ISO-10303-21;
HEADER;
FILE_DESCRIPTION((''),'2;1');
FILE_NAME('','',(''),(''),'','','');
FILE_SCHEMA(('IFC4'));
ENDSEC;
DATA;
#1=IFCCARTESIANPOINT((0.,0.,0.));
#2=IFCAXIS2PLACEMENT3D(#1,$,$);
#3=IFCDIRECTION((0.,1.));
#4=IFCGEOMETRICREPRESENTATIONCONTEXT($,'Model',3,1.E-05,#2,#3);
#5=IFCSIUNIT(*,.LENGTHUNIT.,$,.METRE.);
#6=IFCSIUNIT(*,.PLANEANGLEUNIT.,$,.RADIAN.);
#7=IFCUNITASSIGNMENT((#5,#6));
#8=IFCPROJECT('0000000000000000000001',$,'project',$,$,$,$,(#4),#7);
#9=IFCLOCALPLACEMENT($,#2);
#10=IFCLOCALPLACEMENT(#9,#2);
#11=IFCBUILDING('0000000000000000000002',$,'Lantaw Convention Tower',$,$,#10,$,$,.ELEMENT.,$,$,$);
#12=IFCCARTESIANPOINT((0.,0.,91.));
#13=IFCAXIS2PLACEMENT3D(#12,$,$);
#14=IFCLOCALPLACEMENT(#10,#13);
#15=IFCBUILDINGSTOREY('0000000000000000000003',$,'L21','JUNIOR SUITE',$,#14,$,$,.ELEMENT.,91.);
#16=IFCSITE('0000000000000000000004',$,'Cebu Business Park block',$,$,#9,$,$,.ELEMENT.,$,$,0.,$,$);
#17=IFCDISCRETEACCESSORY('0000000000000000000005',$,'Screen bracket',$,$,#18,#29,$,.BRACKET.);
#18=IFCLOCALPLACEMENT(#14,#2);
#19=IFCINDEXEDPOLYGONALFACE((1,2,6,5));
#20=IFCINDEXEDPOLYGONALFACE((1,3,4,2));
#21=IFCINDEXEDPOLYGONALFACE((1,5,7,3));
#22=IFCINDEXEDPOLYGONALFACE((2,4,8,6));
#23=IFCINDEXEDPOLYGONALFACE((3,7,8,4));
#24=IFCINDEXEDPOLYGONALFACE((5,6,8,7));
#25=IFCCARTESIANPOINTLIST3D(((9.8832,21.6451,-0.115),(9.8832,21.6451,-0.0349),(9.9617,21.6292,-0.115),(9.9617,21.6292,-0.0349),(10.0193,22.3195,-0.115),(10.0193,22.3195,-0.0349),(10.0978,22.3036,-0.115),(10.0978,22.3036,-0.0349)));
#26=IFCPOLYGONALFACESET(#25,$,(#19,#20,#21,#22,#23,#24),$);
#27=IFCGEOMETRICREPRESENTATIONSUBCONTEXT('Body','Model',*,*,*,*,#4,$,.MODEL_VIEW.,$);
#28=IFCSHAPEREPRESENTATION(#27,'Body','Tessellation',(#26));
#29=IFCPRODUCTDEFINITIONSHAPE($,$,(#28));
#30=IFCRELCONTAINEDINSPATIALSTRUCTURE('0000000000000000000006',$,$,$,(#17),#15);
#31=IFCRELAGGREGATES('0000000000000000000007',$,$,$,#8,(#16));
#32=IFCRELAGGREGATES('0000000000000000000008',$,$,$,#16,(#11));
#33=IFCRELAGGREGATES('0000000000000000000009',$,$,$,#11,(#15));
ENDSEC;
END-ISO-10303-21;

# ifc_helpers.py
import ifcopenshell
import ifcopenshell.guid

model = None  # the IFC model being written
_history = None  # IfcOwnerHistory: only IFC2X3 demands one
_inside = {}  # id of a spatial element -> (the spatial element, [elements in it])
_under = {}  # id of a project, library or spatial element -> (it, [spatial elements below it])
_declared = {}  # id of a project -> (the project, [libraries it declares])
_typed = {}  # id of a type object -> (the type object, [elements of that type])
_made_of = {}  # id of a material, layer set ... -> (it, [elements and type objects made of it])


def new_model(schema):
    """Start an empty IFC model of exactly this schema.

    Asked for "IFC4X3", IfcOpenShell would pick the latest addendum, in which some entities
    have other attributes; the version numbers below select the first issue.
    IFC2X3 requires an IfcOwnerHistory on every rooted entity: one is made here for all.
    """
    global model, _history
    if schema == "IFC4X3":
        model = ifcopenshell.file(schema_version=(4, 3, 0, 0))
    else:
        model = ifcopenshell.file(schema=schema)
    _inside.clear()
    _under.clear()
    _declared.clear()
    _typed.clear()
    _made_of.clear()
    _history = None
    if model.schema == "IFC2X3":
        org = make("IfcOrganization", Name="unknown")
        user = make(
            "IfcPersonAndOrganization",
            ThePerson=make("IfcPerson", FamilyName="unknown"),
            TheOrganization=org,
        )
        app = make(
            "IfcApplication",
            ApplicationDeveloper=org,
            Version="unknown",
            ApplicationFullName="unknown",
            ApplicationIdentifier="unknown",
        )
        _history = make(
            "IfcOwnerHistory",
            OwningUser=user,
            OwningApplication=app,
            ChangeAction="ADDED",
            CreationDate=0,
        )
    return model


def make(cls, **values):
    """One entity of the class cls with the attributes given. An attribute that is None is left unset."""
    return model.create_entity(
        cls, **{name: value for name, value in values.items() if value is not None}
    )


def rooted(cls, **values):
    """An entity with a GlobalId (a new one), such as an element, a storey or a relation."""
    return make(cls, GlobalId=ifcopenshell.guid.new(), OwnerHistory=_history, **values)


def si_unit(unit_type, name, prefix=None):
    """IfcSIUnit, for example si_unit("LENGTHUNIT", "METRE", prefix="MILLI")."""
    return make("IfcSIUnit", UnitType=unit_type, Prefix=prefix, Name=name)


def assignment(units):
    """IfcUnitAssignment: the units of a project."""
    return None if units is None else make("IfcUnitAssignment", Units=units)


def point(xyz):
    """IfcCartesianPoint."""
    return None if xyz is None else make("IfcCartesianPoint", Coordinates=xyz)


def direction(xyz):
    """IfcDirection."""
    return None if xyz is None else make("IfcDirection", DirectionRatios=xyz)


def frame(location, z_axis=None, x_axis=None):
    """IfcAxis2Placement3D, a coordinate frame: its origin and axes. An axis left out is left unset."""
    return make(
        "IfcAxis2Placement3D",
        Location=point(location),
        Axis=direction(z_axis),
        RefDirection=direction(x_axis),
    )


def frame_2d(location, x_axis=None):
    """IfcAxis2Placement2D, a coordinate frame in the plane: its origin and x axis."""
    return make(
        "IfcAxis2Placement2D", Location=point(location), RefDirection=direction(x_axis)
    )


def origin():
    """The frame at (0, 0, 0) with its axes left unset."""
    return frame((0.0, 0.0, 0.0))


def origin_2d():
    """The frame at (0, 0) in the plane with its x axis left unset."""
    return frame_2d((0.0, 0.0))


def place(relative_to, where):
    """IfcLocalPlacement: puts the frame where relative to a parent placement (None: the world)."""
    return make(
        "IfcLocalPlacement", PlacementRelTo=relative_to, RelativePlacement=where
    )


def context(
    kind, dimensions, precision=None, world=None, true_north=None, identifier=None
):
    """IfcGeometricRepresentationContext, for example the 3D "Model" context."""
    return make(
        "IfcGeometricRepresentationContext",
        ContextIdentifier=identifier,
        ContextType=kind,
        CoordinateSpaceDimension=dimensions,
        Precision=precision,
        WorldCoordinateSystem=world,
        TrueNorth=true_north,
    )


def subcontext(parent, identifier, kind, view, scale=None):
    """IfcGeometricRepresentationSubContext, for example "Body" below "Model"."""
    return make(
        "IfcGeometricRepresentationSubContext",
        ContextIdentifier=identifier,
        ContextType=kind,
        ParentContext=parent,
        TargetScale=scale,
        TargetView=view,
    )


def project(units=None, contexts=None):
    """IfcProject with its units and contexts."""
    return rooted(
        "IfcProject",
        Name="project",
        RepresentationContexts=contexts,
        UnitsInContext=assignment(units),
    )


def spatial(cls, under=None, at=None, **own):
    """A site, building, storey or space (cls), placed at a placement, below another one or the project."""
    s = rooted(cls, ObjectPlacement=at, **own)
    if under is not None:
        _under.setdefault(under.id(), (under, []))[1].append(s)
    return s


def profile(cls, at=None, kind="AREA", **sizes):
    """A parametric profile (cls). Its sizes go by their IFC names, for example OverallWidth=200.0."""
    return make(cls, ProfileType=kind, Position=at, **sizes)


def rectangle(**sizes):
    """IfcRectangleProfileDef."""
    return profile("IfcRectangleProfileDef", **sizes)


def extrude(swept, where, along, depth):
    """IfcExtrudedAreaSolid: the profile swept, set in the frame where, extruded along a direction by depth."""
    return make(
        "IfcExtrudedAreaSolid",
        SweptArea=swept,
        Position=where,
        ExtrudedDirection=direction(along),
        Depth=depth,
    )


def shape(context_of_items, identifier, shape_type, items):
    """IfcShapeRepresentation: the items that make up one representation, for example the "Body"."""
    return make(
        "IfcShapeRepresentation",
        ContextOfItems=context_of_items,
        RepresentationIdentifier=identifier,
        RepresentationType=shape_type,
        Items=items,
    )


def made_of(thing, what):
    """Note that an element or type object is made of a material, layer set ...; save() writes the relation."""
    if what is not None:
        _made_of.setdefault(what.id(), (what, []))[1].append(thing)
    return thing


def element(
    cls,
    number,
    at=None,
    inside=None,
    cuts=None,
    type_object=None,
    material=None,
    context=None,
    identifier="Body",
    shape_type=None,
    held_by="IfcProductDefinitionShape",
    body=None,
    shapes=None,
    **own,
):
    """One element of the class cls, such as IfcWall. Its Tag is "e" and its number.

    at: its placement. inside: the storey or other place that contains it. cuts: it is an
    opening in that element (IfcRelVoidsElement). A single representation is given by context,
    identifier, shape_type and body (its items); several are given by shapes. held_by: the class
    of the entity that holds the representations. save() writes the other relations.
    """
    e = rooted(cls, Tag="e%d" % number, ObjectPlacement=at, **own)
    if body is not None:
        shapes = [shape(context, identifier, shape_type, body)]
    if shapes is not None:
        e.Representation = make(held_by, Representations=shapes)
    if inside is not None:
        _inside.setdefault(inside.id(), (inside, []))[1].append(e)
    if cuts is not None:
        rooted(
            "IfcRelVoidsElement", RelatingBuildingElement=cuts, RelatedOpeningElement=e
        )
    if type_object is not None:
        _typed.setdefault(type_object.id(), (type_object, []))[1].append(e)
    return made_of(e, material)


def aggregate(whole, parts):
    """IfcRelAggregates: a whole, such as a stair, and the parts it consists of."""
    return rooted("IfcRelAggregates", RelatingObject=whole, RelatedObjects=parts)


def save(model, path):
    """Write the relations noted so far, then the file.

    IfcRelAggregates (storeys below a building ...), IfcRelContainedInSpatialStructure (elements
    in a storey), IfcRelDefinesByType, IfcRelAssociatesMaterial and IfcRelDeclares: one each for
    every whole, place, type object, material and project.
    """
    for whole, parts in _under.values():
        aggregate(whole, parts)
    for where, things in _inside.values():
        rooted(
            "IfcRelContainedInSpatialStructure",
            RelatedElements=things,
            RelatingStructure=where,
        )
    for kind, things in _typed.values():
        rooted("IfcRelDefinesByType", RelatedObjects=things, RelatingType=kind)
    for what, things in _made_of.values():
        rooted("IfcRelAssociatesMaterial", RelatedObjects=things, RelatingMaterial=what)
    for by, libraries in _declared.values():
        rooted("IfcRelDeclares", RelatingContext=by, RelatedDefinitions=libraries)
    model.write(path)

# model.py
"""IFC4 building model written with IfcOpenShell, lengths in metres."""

from ifc_helpers import new_model, si_unit, direction, frame, origin, origin_2d, place, context, subcontext, project, spatial, rectangle, extrude, element, save


model = new_model("IFC4")

# Units and contexts
model_context = context("Model", 3, precision=1e-05, world=origin(), true_north=direction((0.0, 1.0)))
body_context = subcontext(model_context, "Body", "Model", "MODEL_VIEW")
ifc_project = project(units=[si_unit("LENGTHUNIT", "METRE"), si_unit("PLANEANGLEUNIT", "RADIAN")], contexts=[model_context])

# Site, building, storey
site_placement = place(None, origin())
site = spatial("IfcSite", under=ifc_project, at=site_placement, Name="Cebu Business Park block", CompositionType="ELEMENT", RefElevation=0.0)
building_placement = place(site_placement, origin())
building = spatial("IfcBuilding", under=site, at=building_placement, Name="Lantaw Convention Tower", CompositionType="ELEMENT")
storey_placement = place(building_placement, frame((0.0, 0.0, 91.0)))
storey = spatial("IfcBuildingStorey", under=building, at=storey_placement, Name="L21", Description="JUNIOR SUITE", CompositionType="ELEMENT", Elevation=91.0)

# Discrete accessory
discrete_accessory_placement = place(storey_placement, frame((9.9905, 21.9744, -0.115), z_axis=(0.0, 0.0, 1.0), x_axis=(-0.980245, 0.197789, 0.0)))
element("IfcDiscreteAccessory", 1, at=discrete_accessory_placement, inside=storey, Name="Screen bracket", PredefinedType="BRACKET", context=body_context, shape_type="SweptSolid", body=[
    extrude(rectangle(XDim=0.0801, YDim=0.688, at=origin_2d()), origin(), (0.0, 0.0, 1.0), 0.0801),
])

save(model, "model.ifc")
